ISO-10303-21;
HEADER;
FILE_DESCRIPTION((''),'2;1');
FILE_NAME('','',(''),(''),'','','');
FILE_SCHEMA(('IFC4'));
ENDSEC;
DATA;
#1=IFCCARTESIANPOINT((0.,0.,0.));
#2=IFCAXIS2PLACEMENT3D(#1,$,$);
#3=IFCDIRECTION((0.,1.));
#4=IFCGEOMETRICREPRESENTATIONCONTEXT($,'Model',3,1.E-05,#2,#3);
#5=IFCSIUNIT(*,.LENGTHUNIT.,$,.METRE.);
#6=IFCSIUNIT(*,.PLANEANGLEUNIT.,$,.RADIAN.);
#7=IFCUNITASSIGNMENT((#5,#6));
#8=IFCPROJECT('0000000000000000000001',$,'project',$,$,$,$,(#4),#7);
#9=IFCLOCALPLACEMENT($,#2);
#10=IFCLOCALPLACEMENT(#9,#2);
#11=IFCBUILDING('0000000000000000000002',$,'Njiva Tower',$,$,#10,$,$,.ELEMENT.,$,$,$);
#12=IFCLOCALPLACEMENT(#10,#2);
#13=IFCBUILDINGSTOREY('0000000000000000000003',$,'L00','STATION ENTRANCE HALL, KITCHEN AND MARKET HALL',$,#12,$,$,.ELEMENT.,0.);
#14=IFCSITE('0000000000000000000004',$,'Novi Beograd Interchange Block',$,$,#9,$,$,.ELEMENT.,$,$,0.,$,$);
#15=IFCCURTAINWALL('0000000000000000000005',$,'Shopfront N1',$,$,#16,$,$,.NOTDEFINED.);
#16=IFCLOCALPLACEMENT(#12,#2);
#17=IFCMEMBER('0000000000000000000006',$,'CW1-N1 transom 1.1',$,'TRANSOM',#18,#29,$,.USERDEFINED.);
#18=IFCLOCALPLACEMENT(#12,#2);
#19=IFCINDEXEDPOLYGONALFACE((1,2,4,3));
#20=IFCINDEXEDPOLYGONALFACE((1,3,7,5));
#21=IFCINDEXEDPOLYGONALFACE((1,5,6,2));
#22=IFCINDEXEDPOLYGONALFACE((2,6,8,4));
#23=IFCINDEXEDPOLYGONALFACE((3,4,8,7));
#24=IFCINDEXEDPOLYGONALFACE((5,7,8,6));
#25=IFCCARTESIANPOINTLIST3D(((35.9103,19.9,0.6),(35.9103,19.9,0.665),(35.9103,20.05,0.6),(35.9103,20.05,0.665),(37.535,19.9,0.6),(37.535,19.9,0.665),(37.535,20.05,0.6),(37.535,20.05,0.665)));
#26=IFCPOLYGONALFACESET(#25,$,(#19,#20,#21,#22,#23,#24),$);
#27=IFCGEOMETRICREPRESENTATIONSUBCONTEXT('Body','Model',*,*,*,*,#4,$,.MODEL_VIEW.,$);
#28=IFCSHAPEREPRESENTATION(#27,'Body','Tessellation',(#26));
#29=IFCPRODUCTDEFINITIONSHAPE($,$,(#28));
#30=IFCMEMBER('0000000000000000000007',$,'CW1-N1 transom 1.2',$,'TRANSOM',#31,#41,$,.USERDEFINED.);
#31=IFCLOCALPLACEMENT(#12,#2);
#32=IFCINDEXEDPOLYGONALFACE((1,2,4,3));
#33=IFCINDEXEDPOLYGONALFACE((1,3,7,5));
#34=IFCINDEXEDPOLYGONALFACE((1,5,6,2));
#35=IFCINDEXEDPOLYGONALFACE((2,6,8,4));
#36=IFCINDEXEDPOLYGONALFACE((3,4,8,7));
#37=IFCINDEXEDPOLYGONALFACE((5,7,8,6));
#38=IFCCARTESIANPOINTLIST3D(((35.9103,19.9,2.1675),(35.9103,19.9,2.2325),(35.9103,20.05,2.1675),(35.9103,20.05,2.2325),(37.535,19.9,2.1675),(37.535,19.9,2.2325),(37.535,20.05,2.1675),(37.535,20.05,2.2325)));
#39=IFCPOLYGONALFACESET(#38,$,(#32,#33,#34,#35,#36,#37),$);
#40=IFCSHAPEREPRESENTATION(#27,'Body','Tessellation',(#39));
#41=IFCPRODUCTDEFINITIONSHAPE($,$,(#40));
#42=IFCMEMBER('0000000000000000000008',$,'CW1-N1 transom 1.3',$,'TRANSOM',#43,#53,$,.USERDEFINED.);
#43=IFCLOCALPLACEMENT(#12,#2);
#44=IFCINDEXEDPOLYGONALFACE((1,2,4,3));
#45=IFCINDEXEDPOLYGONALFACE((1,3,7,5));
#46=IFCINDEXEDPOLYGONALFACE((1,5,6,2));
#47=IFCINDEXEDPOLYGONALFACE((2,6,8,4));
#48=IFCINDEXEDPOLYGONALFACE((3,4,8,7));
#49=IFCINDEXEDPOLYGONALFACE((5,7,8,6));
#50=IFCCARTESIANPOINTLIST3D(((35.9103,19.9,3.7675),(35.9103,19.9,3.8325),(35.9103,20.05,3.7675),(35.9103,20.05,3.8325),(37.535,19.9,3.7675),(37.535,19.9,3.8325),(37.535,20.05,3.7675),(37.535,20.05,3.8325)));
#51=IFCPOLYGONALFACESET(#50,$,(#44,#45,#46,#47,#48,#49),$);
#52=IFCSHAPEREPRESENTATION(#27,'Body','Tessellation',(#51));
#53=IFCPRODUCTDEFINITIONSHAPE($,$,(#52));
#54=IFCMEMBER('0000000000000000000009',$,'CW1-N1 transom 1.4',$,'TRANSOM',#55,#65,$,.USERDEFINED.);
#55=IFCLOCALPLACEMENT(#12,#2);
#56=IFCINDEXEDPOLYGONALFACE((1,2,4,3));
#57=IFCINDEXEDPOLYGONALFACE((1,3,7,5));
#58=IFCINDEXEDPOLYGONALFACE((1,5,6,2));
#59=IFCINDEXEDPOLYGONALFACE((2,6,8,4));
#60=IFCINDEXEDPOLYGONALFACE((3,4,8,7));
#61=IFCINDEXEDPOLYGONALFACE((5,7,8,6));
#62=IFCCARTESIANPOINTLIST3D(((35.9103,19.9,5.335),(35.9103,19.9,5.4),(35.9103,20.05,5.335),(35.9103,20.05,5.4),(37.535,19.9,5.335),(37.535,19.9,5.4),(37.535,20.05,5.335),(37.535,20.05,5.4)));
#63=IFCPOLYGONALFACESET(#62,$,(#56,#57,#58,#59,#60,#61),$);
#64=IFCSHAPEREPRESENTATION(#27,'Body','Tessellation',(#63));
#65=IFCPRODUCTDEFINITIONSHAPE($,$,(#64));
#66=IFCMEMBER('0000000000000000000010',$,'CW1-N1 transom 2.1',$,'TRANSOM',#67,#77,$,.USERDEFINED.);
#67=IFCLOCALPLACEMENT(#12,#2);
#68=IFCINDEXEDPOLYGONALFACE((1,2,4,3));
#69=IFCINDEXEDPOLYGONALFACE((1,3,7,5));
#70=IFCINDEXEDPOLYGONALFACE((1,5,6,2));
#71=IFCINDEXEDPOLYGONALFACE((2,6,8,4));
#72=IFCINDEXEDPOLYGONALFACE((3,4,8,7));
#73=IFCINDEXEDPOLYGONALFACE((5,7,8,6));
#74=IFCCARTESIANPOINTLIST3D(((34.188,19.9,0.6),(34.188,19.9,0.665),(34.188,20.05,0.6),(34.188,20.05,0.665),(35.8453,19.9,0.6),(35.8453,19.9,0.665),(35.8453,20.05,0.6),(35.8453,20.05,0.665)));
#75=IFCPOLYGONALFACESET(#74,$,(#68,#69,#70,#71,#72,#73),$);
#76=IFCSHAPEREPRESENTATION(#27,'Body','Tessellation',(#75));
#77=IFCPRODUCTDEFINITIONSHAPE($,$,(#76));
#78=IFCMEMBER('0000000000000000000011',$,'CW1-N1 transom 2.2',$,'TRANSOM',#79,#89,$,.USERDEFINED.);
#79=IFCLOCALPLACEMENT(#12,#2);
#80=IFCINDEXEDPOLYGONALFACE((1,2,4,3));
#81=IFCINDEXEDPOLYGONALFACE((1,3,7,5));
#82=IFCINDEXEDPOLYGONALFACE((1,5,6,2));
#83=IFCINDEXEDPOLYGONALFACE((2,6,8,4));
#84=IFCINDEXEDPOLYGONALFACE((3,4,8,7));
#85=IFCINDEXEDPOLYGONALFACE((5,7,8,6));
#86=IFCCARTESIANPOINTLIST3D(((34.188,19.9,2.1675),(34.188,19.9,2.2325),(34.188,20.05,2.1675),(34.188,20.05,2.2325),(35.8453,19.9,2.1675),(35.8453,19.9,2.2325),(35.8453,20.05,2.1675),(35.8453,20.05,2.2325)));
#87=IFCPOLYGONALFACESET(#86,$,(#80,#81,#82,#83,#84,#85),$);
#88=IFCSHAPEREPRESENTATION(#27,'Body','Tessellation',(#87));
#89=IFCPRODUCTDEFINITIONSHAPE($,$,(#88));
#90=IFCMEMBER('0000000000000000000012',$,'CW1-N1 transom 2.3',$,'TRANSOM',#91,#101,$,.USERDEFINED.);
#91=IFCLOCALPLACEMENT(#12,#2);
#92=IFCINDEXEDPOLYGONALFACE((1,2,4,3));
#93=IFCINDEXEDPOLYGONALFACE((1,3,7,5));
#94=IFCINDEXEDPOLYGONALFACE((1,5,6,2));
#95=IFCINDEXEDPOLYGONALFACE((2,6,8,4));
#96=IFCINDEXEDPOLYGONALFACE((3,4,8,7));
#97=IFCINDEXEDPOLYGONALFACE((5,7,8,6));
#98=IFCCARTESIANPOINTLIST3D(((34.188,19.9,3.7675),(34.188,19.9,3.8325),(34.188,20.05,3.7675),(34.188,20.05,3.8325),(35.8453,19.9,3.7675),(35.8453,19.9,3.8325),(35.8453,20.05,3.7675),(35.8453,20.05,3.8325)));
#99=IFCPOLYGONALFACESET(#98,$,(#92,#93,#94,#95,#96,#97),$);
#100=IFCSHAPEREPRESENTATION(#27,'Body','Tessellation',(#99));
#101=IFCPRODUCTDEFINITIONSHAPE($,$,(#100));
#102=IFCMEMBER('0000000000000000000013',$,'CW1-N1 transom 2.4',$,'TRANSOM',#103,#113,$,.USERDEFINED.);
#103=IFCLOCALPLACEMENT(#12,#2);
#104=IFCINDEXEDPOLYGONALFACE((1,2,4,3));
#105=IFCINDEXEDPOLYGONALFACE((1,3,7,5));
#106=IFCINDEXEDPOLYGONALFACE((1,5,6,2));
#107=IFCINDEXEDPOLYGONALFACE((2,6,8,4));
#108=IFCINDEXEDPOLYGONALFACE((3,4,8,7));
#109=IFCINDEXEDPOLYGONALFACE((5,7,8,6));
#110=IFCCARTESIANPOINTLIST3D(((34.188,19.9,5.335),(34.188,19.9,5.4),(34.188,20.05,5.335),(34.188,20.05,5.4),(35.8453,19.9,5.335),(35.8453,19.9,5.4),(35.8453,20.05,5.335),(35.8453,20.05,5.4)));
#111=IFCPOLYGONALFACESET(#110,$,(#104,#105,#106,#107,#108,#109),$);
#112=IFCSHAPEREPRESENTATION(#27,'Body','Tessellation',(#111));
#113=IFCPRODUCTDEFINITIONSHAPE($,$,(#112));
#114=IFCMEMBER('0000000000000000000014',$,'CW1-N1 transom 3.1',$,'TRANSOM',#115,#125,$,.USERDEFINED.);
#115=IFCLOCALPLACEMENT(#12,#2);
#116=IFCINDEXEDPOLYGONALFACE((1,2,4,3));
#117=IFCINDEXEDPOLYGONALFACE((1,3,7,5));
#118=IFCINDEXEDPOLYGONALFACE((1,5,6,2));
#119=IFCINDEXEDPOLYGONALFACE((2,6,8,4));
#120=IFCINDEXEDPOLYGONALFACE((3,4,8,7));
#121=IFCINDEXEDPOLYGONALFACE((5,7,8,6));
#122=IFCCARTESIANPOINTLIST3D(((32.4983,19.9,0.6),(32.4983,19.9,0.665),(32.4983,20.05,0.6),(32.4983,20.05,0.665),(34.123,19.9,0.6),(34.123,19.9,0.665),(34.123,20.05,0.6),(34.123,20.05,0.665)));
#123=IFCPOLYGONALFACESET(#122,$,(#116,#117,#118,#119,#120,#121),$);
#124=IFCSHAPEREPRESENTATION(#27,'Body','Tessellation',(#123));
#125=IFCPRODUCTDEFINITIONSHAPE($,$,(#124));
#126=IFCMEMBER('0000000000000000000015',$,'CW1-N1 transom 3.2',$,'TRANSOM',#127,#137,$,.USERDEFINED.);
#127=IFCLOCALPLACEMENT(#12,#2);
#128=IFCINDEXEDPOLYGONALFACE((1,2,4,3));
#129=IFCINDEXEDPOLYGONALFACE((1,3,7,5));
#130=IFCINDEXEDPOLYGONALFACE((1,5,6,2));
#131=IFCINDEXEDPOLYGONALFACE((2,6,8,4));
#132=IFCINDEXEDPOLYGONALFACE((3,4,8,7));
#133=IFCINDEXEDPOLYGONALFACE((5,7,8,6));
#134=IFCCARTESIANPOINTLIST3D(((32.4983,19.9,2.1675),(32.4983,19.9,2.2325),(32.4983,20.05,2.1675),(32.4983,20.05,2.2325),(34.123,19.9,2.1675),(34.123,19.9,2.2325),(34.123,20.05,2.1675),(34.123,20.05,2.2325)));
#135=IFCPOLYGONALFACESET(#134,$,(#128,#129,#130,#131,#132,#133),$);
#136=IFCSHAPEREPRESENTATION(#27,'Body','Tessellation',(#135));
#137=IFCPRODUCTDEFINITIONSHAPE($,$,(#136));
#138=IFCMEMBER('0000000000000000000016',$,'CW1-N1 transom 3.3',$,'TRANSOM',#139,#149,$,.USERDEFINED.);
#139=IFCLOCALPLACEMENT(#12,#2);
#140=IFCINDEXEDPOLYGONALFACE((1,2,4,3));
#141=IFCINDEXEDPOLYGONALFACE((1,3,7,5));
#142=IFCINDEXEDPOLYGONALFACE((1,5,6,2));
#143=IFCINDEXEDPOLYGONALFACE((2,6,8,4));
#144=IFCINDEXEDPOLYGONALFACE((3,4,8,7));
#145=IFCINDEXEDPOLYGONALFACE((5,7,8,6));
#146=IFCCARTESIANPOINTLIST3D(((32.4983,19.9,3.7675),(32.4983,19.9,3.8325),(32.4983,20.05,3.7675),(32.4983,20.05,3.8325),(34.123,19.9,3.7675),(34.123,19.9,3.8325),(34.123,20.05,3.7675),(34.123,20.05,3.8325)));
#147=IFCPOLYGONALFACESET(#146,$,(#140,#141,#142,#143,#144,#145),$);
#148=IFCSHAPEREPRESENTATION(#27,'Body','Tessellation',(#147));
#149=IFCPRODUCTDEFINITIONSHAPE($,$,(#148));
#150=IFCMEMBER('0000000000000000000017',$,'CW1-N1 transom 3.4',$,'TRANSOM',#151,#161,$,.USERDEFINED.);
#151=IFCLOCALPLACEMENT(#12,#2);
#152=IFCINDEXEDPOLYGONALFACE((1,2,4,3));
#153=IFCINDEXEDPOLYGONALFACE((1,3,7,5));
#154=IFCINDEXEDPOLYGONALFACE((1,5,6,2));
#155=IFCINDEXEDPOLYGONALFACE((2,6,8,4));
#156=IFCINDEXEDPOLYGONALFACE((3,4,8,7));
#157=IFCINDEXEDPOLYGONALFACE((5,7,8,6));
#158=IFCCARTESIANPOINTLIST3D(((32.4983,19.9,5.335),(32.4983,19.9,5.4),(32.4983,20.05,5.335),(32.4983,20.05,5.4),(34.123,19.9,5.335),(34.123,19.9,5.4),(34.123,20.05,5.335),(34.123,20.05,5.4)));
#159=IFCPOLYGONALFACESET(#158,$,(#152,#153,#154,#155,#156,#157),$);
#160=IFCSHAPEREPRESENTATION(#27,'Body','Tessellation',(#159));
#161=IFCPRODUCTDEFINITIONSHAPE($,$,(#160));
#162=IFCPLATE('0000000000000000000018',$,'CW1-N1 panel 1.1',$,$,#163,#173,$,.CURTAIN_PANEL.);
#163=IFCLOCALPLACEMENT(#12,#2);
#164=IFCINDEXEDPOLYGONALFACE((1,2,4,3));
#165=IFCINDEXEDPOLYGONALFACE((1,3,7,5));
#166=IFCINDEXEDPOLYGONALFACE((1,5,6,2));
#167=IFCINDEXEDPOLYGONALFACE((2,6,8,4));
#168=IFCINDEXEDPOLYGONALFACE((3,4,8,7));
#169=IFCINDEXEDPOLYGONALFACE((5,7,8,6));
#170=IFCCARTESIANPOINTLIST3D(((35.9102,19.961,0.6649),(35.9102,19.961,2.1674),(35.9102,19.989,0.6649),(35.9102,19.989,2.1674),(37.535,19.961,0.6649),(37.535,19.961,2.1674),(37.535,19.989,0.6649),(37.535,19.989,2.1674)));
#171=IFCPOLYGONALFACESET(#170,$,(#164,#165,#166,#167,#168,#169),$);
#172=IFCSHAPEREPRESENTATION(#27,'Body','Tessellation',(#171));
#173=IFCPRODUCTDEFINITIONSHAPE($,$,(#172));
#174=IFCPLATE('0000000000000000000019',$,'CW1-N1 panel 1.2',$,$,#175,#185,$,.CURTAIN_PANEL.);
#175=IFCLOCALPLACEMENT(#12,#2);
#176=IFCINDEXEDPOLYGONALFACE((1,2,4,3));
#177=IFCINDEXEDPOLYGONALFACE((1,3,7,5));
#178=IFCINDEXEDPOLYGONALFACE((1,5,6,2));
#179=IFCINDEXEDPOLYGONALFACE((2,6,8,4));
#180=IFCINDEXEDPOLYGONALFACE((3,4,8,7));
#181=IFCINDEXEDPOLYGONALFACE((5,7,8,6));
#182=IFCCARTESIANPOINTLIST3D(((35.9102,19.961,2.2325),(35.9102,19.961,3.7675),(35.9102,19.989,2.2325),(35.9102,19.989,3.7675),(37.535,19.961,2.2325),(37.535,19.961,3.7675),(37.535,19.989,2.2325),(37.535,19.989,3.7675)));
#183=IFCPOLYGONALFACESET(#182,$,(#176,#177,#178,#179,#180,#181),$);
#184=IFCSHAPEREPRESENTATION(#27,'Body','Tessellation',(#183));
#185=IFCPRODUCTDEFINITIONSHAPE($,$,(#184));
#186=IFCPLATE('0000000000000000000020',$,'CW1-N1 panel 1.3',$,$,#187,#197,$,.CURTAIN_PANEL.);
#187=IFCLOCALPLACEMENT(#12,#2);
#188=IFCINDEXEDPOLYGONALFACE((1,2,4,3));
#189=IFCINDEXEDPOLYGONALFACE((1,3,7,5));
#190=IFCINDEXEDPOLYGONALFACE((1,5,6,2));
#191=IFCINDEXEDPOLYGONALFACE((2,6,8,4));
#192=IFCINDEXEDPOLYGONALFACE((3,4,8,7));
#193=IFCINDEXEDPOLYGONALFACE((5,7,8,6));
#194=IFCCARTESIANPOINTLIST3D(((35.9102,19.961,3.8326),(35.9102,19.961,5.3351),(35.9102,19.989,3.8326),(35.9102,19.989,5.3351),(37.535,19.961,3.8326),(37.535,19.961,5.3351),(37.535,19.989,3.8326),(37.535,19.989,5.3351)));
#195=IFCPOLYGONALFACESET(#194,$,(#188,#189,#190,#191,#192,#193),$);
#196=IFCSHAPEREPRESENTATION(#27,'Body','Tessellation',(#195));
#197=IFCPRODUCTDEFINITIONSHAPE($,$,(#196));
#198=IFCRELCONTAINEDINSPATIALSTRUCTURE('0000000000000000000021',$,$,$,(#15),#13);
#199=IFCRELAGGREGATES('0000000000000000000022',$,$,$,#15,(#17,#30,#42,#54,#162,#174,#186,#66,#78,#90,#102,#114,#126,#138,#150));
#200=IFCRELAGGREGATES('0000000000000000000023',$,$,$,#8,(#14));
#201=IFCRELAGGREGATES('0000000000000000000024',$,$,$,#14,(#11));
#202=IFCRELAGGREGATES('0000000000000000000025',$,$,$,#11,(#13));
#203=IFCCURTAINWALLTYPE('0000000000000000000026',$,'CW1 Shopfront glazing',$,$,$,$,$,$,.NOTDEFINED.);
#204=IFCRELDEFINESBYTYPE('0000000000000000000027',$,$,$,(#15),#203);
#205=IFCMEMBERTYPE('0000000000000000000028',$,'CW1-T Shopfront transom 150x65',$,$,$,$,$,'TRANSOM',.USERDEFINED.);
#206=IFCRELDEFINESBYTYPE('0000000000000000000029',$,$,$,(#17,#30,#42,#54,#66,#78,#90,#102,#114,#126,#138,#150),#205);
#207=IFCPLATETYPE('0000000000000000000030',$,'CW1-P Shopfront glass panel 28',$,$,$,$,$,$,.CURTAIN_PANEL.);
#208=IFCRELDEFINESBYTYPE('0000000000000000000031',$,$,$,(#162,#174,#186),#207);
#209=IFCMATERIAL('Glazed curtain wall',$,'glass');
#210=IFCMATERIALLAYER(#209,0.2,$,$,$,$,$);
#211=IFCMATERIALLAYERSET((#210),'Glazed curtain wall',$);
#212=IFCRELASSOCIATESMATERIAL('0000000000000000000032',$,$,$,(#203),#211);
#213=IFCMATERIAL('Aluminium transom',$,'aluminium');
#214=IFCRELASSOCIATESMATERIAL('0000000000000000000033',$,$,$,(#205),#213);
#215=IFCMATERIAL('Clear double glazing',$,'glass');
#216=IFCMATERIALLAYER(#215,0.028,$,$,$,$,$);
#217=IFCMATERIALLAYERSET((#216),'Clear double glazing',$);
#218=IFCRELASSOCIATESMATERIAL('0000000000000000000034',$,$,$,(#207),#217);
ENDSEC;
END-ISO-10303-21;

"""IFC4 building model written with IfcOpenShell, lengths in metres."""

from ifc_helpers import new_model, si_unit, direction, frame, origin, origin_2d, place, context, subcontext, project, spatial, rectangle, extrude, material, layer, layer_set, material_profile, profile_set, type_object, element, aggregate, save


model = new_model("IFC4")

# Units and contexts
model_context = context("Model", 3, precision=1e-05, world=origin(), true_north=direction((0.0, 1.0)))
body_context = subcontext(model_context, "Body", "Model", "MODEL_VIEW")
ifc_project = project(units=[si_unit("LENGTHUNIT", "METRE"), si_unit("PLANEANGLEUNIT", "RADIAN")], contexts=[model_context])

# Site, building, storey
site_placement = place(None, origin())
site = spatial("IfcSite", under=ifc_project, at=site_placement, Name="Novi Beograd Interchange Block", CompositionType="ELEMENT", RefElevation=0.0)
building_placement = place(site_placement, origin())
building = spatial("IfcBuilding", under=site, at=building_placement, Name="Njiva Tower", CompositionType="ELEMENT")
storey_placement = place(building_placement, origin())
storey = spatial("IfcBuildingStorey", under=building, at=storey_placement, Name="L00", Description="STATION ENTRANCE HALL, KITCHEN AND MARKET HALL", CompositionType="ELEMENT", Elevation=0.0)

# Curtain wall, members, plates
ifc_material_1 = material(Name="Glazed curtain wall", Category="glass")
ifc_layer_1 = layer(ifc_material_1, 0.2)
ifc_layer_set_1 = layer_set([ifc_layer_1], Name="Glazed curtain wall")
curtain_wall_type = type_object("IfcCurtainWallType", Name="CW1 Shopfront glazing", PredefinedType="NOTDEFINED", material=ifc_layer_set_1)
curtain_wall_placement = place(storey_placement, origin())
curtain_wall = element("IfcCurtainWall", 1, at=curtain_wall_placement, inside=storey, type_object=curtain_wall_type, Name="Shopfront N1", PredefinedType="NOTDEFINED")
ifc_material_2 = material(Name="Aluminium transom", Category="aluminium")
ifc_material_profile_1 = material_profile(ifc_material_2, rectangle(XDim=0.15, YDim=0.065, at=origin_2d()), Name="RECT 150x65")
ifc_profile_set_1 = profile_set([ifc_material_profile_1], Name="Aluminium transom")
member_type_1 = type_object("IfcMemberType", Name="CW1-T Shopfront transom 150x65", ElementType="TRANSOM", PredefinedType="USERDEFINED", material=ifc_profile_set_1)
member_1_placement = place(storey_placement, frame((37.535, 19.975, 0.6325), z_axis=(-1.0, 0.0, 0.0), x_axis=(0.0, -1.0, 0.0)))
member_1 = element("IfcMember", 2, at=member_1_placement, type_object=member_type_1, Name="CW1-N1 transom 1.1", ObjectType="TRANSOM", PredefinedType="USERDEFINED", context=body_context, shape_type="SweptSolid", body=[
    extrude(rectangle(XDim=0.15, YDim=0.065, at=origin_2d()), origin(), (0.0, 0.0, 1.0), 1.6247),
])
member_2_placement = place(storey_placement, frame((37.535, 19.975, 2.2), z_axis=(-1.0, 0.0, 0.0), x_axis=(0.0, -1.0, 0.0)))
member_2 = element("IfcMember", 3, at=member_2_placement, type_object=member_type_1, Name="CW1-N1 transom 1.2", ObjectType="TRANSOM", PredefinedType="USERDEFINED", context=body_context, shape_type="SweptSolid", body=[
    extrude(rectangle(XDim=0.15, YDim=0.065, at=origin_2d()), origin(), (0.0, 0.0, 1.0), 1.6247),
])
member_3_placement = place(storey_placement, frame((37.535, 19.975, 3.8), z_axis=(-1.0, 0.0, 0.0), x_axis=(0.0, -1.0, 0.0)))
member_3 = element("IfcMember", 4, at=member_3_placement, type_object=member_type_1, Name="CW1-N1 transom 1.3", ObjectType="TRANSOM", PredefinedType="USERDEFINED", context=body_context, shape_type="SweptSolid", body=[
    extrude(rectangle(XDim=0.15, YDim=0.065, at=origin_2d()), origin(), (0.0, 0.0, 1.0), 1.6247),
])
member_4_placement = place(storey_placement, frame((37.535, 19.975, 5.3675), z_axis=(-1.0, 0.0, 0.0), x_axis=(0.0, -1.0, 0.0)))
member_4 = element("IfcMember", 5, at=member_4_placement, type_object=member_type_1, Name="CW1-N1 transom 1.4", ObjectType="TRANSOM", PredefinedType="USERDEFINED", context=body_context, shape_type="SweptSolid", body=[
    extrude(rectangle(XDim=0.15, YDim=0.065, at=origin_2d()), origin(), (0.0, 0.0, 1.0), 1.6247),
])
member_5_placement = place(storey_placement, frame((35.8453, 19.975, 0.6325), z_axis=(-1.0, 0.0, 0.0), x_axis=(0.0, -1.0, 0.0)))
member_5 = element("IfcMember", 6, at=member_5_placement, type_object=member_type_1, Name="CW1-N1 transom 2.1", ObjectType="TRANSOM", PredefinedType="USERDEFINED", context=body_context, shape_type="SweptSolid", body=[
    extrude(rectangle(XDim=0.15, YDim=0.065, at=origin_2d()), origin(), (0.0, 0.0, 1.0), 1.6573),
])
member_6_placement = place(storey_placement, frame((35.8453, 19.975, 2.2), z_axis=(-1.0, 0.0, 0.0), x_axis=(0.0, -1.0, 0.0)))
member_6 = element("IfcMember", 7, at=member_6_placement, type_object=member_type_1, Name="CW1-N1 transom 2.2", ObjectType="TRANSOM", PredefinedType="USERDEFINED", context=body_context, shape_type="SweptSolid", body=[
    extrude(rectangle(XDim=0.15, YDim=0.065, at=origin_2d()), origin(), (0.0, 0.0, 1.0), 1.6573),
])
member_7_placement = place(storey_placement, frame((35.8453, 19.975, 3.8), z_axis=(-1.0, 0.0, 0.0), x_axis=(0.0, -1.0, 0.0)))
member_7 = element("IfcMember", 8, at=member_7_placement, type_object=member_type_1, Name="CW1-N1 transom 2.3", ObjectType="TRANSOM", PredefinedType="USERDEFINED", context=body_context, shape_type="SweptSolid", body=[
    extrude(rectangle(XDim=0.15, YDim=0.065, at=origin_2d()), origin(), (0.0, 0.0, 1.0), 1.6573),
])
member_8_placement = place(storey_placement, frame((35.8453, 19.975, 5.3675), z_axis=(-1.0, 0.0, 0.0), x_axis=(0.0, -1.0, 0.0)))
member_8 = element("IfcMember", 9, at=member_8_placement, type_object=member_type_1, Name="CW1-N1 transom 2.4", ObjectType="TRANSOM", PredefinedType="USERDEFINED", context=body_context, shape_type="SweptSolid", body=[
    extrude(rectangle(XDim=0.15, YDim=0.065, at=origin_2d()), origin(), (0.0, 0.0, 1.0), 1.6573),
])
member_9_placement = place(storey_placement, frame((34.123, 19.975, 0.6325), z_axis=(-1.0, 0.0, 0.0), x_axis=(0.0, -1.0, 0.0)))
member_9 = element("IfcMember", 10, at=member_9_placement, type_object=member_type_1, Name="CW1-N1 transom 3.1", ObjectType="TRANSOM", PredefinedType="USERDEFINED", context=body_context, shape_type="SweptSolid", body=[
    extrude(rectangle(XDim=0.15, YDim=0.065, at=origin_2d()), origin(), (0.0, 0.0, 1.0), 1.6247),
])
member_10_placement = place(storey_placement, frame((34.123, 19.975, 2.2), z_axis=(-1.0, 0.0, 0.0), x_axis=(0.0, -1.0, 0.0)))
member_10 = element("IfcMember", 11, at=member_10_placement, type_object=member_type_1, Name="CW1-N1 transom 3.2", ObjectType="TRANSOM", PredefinedType="USERDEFINED", context=body_context, shape_type="SweptSolid", body=[
    extrude(rectangle(XDim=0.15, YDim=0.065, at=origin_2d()), origin(), (0.0, 0.0, 1.0), 1.6247),
])
member_11_placement = place(storey_placement, frame((34.123, 19.975, 3.8), z_axis=(-1.0, 0.0, 0.0), x_axis=(0.0, -1.0, 0.0)))
member_11 = element("IfcMember", 12, at=member_11_placement, type_object=member_type_1, Name="CW1-N1 transom 3.3", ObjectType="TRANSOM", PredefinedType="USERDEFINED", context=body_context, shape_type="SweptSolid", body=[
    extrude(rectangle(XDim=0.15, YDim=0.065, at=origin_2d()), origin(), (0.0, 0.0, 1.0), 1.6247),
])
member_12_placement = place(storey_placement, frame((34.123, 19.975, 5.3675), z_axis=(-1.0, 0.0, 0.0), x_axis=(0.0, -1.0, 0.0)))
member_12 = element("IfcMember", 13, at=member_12_placement, type_object=member_type_1, Name="CW1-N1 transom 3.4", ObjectType="TRANSOM", PredefinedType="USERDEFINED", context=body_context, shape_type="SweptSolid", body=[
    extrude(rectangle(XDim=0.15, YDim=0.065, at=origin_2d()), origin(), (0.0, 0.0, 1.0), 1.6247),
])
ifc_material_3 = material(Name="Clear double glazing", Category="glass")
ifc_layer_2 = layer(ifc_material_3, 0.028)
ifc_layer_set_2 = layer_set([ifc_layer_2], Name="Clear double glazing")
plate_type = type_object("IfcPlateType", Name="CW1-P Shopfront glass panel 28", PredefinedType="CURTAIN_PANEL", material=ifc_layer_set_2)
plate_1_placement = place(storey_placement, frame((36.7226, 19.975, 0.6649), z_axis=(0.0, 0.0, 1.0), x_axis=(-1.0, 0.0, 0.0)))
plate_1 = element("IfcPlate", 14, at=plate_1_placement, type_object=plate_type, Name="CW1-N1 panel 1.1", PredefinedType="CURTAIN_PANEL", context=body_context, shape_type="SweptSolid", body=[
    extrude(rectangle(XDim=1.6247, YDim=0.028, at=origin_2d()), origin(), (0.0, 0.0, 1.0), 1.5025),
])
plate_2_placement = place(storey_placement, frame((36.7226, 19.975, 2.2325), z_axis=(0.0, 0.0, 1.0), x_axis=(-1.0, 0.0, 0.0)))
plate_2 = element("IfcPlate", 15, at=plate_2_placement, type_object=plate_type, Name="CW1-N1 panel 1.2", PredefinedType="CURTAIN_PANEL", context=body_context, shape_type="SweptSolid", body=[
    extrude(rectangle(XDim=1.6247, YDim=0.028, at=origin_2d()), origin(), (0.0, 0.0, 1.0), 1.535),
])
plate_3_placement = place(storey_placement, frame((36.7226, 19.975, 3.8326), z_axis=(0.0, 0.0, 1.0), x_axis=(-1.0, 0.0, 0.0)))
plate_3 = element("IfcPlate", 16, at=plate_3_placement, type_object=plate_type, Name="CW1-N1 panel 1.3", PredefinedType="CURTAIN_PANEL", context=body_context, shape_type="SweptSolid", body=[
    extrude(rectangle(XDim=1.6247, YDim=0.028, at=origin_2d()), origin(), (0.0, 0.0, 1.0), 1.5025),
])
aggregate(curtain_wall, [member_1, member_2, member_3, member_4, plate_1, plate_2, plate_3, member_5, member_6, member_7, member_8, member_9, member_10, member_11, member_12])

save(model, "model.ifc")
